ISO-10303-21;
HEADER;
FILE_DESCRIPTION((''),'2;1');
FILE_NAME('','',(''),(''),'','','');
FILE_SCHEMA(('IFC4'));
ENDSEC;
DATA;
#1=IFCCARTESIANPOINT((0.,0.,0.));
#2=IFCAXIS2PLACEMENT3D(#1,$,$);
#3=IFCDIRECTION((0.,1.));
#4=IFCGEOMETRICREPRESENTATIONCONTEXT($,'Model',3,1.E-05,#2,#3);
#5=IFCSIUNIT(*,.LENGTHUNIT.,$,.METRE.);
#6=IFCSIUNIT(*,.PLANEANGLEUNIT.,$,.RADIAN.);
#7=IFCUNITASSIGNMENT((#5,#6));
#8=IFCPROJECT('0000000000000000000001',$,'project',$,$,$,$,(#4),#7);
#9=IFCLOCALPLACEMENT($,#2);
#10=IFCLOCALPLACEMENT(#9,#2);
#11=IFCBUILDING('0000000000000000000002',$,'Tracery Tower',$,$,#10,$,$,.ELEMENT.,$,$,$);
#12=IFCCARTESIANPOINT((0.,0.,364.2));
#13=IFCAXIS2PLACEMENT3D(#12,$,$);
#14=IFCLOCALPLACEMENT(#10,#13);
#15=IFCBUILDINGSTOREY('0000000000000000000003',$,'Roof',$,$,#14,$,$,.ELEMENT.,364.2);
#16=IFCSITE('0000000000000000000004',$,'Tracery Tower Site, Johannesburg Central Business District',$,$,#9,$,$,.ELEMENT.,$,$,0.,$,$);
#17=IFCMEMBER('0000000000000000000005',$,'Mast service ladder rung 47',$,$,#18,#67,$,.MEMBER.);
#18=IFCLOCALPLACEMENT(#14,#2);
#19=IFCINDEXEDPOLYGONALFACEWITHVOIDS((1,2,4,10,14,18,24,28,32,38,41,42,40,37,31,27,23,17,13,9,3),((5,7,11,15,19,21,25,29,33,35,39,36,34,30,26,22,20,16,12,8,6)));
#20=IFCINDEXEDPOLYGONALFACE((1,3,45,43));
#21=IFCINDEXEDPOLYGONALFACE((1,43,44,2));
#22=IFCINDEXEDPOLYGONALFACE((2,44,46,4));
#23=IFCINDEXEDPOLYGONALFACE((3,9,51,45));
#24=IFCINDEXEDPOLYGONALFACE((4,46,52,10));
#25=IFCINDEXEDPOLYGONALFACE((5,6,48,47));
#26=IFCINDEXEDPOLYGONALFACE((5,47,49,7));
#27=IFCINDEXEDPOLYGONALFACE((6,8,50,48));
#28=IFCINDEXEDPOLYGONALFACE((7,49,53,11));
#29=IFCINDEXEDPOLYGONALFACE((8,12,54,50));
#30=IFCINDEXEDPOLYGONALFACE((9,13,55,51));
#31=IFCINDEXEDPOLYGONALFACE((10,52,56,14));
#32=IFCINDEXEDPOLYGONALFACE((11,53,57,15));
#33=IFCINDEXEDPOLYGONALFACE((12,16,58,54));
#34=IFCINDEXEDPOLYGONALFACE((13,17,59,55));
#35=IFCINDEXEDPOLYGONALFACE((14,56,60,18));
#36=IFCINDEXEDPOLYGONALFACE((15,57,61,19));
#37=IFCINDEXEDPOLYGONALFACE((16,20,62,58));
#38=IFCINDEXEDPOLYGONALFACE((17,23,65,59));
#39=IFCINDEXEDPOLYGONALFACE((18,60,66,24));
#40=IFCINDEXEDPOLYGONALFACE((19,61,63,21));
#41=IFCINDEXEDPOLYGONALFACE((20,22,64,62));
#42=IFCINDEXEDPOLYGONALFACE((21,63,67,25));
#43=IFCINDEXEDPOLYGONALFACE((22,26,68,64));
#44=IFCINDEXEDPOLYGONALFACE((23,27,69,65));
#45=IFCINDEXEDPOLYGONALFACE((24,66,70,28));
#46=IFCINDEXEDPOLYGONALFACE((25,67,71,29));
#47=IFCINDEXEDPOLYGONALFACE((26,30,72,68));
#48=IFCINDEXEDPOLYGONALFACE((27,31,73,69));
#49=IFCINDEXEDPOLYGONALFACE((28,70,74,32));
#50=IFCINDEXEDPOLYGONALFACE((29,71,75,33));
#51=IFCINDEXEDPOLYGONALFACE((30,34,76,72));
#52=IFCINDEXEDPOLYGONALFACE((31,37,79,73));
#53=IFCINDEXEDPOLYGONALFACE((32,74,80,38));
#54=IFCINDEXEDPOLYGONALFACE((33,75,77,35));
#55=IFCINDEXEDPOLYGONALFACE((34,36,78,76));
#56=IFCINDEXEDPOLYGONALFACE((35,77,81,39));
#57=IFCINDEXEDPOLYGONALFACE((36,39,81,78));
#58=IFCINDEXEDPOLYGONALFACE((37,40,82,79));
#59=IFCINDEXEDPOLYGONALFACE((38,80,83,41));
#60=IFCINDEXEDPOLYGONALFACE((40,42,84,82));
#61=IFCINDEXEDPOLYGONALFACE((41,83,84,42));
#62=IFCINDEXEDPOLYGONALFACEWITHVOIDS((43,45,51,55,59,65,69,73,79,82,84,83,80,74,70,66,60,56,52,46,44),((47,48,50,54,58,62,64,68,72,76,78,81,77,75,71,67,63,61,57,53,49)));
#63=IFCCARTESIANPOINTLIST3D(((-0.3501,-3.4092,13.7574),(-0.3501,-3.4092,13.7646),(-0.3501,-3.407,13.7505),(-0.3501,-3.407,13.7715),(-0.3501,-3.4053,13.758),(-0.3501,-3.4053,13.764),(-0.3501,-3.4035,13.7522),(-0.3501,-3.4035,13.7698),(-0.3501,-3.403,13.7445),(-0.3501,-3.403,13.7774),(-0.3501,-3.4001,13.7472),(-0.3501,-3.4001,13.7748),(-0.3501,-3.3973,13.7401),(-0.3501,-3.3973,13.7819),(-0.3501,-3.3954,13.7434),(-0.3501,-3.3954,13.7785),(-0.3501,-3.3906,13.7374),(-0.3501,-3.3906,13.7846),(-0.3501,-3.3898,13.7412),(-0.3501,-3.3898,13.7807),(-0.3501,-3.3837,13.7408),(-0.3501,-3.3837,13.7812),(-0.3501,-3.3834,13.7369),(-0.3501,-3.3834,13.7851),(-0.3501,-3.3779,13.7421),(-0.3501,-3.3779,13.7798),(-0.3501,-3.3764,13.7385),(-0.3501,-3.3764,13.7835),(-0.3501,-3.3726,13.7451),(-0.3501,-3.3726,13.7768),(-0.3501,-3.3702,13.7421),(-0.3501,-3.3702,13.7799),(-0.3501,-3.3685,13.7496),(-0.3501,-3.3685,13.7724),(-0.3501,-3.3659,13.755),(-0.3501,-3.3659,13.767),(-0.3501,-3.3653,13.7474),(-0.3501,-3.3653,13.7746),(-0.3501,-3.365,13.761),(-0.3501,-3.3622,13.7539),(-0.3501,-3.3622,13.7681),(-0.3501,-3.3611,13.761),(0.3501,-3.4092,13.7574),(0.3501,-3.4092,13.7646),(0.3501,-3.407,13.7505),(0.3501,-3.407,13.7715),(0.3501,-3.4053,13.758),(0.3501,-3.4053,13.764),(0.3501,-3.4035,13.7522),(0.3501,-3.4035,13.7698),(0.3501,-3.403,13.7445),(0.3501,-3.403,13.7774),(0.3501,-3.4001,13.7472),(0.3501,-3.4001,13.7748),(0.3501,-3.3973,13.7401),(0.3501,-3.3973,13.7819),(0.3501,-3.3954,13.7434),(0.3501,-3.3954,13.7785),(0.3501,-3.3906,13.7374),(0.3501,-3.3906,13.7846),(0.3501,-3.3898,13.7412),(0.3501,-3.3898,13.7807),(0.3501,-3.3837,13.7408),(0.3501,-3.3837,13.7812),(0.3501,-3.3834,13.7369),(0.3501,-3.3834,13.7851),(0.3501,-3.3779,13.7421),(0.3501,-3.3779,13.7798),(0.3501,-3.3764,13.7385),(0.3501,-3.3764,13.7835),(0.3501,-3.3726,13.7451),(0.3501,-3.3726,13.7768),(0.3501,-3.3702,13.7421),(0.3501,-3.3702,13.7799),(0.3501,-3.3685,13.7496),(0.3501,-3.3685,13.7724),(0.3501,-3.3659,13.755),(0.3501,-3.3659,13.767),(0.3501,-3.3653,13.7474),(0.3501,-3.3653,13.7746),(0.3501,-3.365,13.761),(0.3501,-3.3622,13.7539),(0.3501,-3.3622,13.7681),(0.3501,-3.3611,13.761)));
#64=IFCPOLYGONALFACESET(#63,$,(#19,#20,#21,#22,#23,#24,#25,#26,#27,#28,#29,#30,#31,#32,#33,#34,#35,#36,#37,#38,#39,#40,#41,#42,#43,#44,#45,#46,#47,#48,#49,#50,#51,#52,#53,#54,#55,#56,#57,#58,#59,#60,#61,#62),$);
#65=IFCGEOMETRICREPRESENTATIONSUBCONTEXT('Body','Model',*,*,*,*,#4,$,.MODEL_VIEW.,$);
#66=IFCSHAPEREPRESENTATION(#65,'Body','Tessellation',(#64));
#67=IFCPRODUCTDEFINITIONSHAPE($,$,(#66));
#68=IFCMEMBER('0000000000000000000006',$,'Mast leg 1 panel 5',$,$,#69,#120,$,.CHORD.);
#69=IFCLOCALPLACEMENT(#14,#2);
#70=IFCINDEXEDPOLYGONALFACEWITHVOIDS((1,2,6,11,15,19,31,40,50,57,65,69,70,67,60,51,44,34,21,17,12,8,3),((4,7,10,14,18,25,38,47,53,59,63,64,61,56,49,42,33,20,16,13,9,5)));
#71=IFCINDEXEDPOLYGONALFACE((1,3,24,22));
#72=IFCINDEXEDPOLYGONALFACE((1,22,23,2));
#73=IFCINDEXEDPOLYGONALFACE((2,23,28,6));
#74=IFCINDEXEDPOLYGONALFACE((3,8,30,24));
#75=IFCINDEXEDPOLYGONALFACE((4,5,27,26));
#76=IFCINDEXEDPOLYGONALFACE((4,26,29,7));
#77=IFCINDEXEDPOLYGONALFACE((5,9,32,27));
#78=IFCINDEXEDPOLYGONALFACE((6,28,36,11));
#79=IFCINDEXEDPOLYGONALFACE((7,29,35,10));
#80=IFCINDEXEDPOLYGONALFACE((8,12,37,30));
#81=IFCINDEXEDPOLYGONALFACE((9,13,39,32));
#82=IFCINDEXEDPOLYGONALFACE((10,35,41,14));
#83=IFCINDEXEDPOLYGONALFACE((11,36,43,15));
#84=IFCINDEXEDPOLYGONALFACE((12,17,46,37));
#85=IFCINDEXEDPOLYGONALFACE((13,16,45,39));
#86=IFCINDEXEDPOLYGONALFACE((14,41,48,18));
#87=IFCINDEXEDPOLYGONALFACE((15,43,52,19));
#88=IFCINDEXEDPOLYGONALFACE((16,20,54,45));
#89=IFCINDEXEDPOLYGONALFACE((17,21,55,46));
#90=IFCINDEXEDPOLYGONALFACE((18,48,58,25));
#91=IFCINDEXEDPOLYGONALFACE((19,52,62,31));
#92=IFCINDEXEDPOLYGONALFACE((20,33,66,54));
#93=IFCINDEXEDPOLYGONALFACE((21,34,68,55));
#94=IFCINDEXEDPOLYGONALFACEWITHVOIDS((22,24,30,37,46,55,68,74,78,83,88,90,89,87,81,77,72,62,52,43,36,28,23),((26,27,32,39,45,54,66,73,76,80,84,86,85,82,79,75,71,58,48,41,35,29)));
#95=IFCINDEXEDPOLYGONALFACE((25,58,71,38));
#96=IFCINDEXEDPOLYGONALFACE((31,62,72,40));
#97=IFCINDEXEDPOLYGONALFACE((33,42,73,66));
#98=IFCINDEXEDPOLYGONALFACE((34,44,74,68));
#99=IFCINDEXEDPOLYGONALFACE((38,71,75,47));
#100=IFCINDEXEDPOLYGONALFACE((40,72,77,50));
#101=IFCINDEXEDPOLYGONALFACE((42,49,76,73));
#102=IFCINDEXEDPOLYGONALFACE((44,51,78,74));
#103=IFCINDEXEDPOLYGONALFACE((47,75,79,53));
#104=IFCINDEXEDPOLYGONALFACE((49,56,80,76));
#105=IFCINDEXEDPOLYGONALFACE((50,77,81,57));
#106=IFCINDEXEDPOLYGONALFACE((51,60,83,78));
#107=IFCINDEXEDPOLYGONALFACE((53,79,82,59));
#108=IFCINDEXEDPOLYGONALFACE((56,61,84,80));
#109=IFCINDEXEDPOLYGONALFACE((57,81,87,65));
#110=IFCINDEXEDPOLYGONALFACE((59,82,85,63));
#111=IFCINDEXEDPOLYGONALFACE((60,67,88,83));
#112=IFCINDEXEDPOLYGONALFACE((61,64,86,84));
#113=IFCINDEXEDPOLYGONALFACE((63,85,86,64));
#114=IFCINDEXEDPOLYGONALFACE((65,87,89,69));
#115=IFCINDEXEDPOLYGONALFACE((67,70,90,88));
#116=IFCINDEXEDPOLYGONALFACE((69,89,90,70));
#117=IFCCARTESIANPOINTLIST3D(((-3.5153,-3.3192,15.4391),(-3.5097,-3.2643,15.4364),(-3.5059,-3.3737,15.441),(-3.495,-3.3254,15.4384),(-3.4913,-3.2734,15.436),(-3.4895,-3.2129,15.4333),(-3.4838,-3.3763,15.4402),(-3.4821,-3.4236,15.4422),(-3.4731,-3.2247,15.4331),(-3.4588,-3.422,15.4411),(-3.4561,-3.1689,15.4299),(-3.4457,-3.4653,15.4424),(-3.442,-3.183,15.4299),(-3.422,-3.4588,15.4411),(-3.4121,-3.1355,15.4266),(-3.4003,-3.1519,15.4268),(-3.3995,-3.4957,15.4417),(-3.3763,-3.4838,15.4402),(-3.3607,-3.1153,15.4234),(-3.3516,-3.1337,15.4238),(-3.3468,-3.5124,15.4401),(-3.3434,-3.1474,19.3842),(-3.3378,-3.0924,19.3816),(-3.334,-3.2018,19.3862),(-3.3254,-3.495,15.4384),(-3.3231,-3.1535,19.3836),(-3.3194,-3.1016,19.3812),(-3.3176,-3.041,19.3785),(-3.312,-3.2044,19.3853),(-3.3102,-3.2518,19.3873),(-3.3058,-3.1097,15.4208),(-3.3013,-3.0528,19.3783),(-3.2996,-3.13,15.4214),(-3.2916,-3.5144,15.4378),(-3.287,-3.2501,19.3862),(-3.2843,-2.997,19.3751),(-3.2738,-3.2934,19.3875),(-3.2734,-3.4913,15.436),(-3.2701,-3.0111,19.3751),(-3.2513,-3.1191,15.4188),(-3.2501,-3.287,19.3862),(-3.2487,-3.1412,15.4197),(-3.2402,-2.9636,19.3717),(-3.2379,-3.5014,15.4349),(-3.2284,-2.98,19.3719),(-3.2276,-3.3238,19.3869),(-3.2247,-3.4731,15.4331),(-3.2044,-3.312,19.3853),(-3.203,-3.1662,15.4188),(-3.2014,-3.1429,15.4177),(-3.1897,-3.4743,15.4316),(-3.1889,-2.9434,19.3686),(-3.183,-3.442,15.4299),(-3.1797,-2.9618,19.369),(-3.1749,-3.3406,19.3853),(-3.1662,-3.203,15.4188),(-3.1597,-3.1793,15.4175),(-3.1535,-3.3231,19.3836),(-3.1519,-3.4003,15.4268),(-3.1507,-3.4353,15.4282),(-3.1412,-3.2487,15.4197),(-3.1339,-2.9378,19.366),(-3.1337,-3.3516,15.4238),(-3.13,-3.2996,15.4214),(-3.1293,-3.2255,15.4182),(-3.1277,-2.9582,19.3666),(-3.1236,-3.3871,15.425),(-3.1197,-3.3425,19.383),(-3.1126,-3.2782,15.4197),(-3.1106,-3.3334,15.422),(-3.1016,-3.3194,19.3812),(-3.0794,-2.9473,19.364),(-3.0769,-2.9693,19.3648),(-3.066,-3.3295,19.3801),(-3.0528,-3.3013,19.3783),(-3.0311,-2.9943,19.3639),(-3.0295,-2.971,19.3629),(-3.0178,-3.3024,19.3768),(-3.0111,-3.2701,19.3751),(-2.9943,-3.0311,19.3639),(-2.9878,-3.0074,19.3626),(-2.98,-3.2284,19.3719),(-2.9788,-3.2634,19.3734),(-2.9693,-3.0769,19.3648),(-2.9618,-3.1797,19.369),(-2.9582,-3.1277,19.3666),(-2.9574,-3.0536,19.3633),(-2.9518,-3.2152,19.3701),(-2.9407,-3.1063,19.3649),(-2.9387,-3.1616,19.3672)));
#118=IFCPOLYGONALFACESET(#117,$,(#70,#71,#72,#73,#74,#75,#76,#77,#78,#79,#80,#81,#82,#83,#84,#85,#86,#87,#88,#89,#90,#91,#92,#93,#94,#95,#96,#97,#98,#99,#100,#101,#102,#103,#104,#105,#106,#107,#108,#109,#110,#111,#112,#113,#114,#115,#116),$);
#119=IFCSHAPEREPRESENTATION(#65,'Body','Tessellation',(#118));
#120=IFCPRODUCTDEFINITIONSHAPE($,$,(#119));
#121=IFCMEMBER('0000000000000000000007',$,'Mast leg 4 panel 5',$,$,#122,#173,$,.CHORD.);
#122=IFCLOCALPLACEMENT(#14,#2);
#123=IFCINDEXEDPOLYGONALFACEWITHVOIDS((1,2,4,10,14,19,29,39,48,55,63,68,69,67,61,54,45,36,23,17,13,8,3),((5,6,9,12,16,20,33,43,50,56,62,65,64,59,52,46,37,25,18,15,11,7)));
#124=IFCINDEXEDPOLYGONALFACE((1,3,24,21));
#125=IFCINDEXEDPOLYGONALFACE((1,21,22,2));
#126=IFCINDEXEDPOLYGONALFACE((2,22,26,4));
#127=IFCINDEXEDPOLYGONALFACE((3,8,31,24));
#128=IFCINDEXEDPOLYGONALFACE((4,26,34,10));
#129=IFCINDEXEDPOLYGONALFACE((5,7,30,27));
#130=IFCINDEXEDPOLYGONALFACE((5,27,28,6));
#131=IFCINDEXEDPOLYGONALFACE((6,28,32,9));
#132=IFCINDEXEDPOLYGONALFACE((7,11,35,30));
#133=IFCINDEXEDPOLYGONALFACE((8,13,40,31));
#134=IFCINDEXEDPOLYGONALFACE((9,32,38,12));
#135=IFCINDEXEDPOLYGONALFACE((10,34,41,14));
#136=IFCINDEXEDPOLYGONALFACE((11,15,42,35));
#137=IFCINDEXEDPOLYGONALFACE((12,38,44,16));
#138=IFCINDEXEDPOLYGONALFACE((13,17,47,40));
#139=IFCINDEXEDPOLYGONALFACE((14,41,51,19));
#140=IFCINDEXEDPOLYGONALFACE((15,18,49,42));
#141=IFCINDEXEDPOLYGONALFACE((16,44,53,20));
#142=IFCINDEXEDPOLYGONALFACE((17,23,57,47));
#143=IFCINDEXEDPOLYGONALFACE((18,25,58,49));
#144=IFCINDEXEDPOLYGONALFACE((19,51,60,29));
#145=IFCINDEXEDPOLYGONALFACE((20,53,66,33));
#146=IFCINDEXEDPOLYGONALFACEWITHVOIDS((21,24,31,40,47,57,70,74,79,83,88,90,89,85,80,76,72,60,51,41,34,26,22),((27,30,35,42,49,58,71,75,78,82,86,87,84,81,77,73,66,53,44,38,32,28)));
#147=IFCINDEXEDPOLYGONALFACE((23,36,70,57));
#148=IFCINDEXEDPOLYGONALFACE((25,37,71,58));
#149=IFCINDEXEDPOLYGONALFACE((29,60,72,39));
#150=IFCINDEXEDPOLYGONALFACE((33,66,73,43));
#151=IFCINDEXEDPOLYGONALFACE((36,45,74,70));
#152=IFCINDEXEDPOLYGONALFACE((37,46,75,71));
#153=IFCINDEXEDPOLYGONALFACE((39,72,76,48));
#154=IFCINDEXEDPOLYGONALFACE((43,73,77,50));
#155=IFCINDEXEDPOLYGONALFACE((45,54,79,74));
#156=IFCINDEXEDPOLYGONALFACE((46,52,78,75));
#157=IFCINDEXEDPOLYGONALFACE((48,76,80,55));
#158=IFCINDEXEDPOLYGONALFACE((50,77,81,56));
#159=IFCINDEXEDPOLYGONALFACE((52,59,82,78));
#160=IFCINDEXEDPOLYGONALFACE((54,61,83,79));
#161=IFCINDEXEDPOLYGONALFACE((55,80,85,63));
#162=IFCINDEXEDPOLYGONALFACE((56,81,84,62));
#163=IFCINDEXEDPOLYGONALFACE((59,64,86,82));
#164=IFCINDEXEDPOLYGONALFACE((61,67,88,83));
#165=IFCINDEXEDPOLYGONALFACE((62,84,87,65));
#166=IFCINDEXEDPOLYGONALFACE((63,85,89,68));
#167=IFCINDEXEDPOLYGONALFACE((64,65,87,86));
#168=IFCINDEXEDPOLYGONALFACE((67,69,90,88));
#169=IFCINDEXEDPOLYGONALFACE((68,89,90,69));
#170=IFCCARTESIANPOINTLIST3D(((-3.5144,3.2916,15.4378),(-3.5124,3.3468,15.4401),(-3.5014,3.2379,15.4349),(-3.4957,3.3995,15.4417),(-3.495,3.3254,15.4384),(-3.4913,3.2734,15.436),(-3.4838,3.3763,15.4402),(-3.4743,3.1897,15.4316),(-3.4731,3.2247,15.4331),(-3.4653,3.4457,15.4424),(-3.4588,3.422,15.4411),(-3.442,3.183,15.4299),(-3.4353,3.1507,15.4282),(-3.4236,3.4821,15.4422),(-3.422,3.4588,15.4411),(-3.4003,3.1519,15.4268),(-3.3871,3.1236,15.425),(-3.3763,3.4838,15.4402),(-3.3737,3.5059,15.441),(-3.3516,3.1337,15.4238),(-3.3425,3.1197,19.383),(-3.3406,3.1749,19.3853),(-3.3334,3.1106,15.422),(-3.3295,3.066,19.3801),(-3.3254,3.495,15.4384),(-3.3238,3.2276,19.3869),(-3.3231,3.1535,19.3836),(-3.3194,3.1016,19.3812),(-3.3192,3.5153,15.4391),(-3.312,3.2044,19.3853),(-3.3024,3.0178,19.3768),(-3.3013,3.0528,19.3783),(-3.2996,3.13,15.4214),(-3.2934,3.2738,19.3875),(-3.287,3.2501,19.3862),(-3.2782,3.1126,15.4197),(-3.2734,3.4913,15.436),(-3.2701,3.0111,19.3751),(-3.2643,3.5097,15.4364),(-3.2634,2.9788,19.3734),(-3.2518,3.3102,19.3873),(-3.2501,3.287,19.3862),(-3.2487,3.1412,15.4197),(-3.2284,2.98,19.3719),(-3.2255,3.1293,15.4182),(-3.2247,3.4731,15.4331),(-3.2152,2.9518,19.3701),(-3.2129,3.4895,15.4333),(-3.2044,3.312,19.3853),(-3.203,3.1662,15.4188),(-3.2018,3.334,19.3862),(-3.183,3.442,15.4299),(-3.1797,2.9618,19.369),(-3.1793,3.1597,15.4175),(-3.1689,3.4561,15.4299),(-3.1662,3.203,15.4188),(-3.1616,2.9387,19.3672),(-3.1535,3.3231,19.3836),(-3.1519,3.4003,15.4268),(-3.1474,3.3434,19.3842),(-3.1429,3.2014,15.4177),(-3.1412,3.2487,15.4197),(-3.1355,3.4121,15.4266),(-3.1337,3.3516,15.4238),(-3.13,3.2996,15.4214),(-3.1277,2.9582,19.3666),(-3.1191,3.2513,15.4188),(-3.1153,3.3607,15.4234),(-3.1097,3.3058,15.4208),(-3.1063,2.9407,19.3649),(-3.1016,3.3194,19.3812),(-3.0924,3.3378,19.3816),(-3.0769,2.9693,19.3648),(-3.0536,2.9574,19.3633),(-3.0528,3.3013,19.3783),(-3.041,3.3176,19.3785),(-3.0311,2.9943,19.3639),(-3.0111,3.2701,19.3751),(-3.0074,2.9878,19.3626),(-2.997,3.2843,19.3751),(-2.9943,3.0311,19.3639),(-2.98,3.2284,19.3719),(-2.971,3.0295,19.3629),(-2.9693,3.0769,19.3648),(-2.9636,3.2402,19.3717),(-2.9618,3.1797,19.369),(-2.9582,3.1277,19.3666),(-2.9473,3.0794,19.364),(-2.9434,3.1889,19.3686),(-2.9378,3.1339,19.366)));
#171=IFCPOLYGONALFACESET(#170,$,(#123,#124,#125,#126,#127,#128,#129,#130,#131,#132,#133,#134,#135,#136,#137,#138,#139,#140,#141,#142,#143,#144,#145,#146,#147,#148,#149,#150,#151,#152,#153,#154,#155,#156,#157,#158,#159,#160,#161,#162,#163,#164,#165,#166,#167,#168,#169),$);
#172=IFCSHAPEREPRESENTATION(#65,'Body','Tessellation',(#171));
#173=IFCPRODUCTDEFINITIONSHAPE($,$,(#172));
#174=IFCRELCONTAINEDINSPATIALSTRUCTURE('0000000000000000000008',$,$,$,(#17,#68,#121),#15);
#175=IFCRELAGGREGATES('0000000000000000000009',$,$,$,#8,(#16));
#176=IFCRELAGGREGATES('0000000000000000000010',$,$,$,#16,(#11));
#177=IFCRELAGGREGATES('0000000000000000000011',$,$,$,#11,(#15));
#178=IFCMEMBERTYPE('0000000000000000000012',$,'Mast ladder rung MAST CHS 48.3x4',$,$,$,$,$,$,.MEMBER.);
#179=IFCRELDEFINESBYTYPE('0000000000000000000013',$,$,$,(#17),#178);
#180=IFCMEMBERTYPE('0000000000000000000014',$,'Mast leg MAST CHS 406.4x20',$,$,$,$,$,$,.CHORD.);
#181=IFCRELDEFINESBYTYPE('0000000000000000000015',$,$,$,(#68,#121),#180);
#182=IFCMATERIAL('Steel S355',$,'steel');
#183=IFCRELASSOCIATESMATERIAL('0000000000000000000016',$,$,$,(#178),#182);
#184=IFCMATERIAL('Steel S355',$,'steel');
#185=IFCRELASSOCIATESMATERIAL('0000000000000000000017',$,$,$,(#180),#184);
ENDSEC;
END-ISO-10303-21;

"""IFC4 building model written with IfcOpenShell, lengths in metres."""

from ifc_helpers import new_model, si_unit, direction, frame, origin, origin_2d, place, context, subcontext, project, spatial, hollow_circle, extrude, material, material_profile, profile_set, type_object, element, save


model = new_model("IFC4")

# Units and contexts
model_context = context("Model", 3, precision=1e-05, world=origin(), true_north=direction((0.0, 1.0)))
body_context = subcontext(model_context, "Body", "Model", "MODEL_VIEW")
ifc_project = project(units=[si_unit("LENGTHUNIT", "METRE"), si_unit("PLANEANGLEUNIT", "RADIAN")], contexts=[model_context])

# Site, building, storey
site_placement = place(None, origin())
site = spatial("IfcSite", under=ifc_project, at=site_placement, Name="Tracery Tower Site, Johannesburg Central Business District", CompositionType="ELEMENT", RefElevation=0.0)
building_placement = place(site_placement, origin())
building = spatial("IfcBuilding", under=site, at=building_placement, Name="Tracery Tower", CompositionType="ELEMENT")
storey_placement = place(building_placement, frame((0.0, 0.0, 364.2)))
storey = spatial("IfcBuildingStorey", under=building, at=storey_placement, Name="Roof", CompositionType="ELEMENT", Elevation=364.2)

# Members
ifc_material_1 = material(Name="Steel S355", Category="steel")
ifc_material_profile_1 = material_profile(ifc_material_1, hollow_circle(Radius=0.0242, WallThickness=0.0039, at=origin_2d()), Name="CHS 48.3x4")
ifc_profile_set_1 = profile_set([ifc_material_profile_1], Name="Steel S355")
member_type_1 = type_object("IfcMemberType", Name="Mast ladder rung MAST CHS 48.3x4", PredefinedType="MEMBER", material=ifc_profile_set_1)
for number, where, z_axis, x_axis, name in (
    (1, (-0.3501, -3.3853, 13.761), (1.0, 0.0, 0.0), (0.0, 1.0, 0.0), "Mast service ladder rung 47"),
):
    element("IfcMember", number, at=place(storey_placement, frame(where, z_axis=z_axis, x_axis=x_axis)), inside=storey, type_object=member_type_1, Name=name, PredefinedType="MEMBER", context=body_context, shape_type="SweptSolid", body=[
        extrude(hollow_circle(Radius=0.0242, WallThickness=0.0039, at=origin_2d()), origin(), (0.0, 0.0, 1.0), 0.7002),
    ])
ifc_material_2 = material(Name="Steel S355", Category="steel")
ifc_material_profile_2 = material_profile(ifc_material_2, hollow_circle(Radius=0.2031, WallThickness=0.02, at=origin_2d()), Name="CHS 406.4x20")
ifc_profile_set_2 = profile_set([ifc_material_profile_2], Name="Steel S355")
member_type_2 = type_object("IfcMemberType", Name="Mast leg MAST CHS 406.4x20", PredefinedType="CHORD", material=ifc_profile_set_2)
for number, where, z_axis, x_axis, name in (
    (2, (-3.3125, -3.3125, 15.4299), (0.043485, 0.043485, 0.998107), (-0.707107, 0.707107, 0.0), "Mast leg 1 panel 5"),
    (3, (-3.3125, 3.3125, 15.4299), (0.043485, -0.043485, 0.998107), (0.707107, 0.707107, 0.0), "Mast leg 4 panel 5"),
):
    element("IfcMember", number, at=place(storey_placement, frame(where, z_axis=z_axis, x_axis=x_axis)), inside=storey, type_object=member_type_2, Name=name, PredefinedType="CHORD", context=body_context, shape_type="SweptSolid", body=[
        extrude(hollow_circle(Radius=0.2031, WallThickness=0.02, at=origin_2d()), origin(), (0.0, 0.0, 1.0), 3.9526),
    ])

save(model, "model.ifc")
